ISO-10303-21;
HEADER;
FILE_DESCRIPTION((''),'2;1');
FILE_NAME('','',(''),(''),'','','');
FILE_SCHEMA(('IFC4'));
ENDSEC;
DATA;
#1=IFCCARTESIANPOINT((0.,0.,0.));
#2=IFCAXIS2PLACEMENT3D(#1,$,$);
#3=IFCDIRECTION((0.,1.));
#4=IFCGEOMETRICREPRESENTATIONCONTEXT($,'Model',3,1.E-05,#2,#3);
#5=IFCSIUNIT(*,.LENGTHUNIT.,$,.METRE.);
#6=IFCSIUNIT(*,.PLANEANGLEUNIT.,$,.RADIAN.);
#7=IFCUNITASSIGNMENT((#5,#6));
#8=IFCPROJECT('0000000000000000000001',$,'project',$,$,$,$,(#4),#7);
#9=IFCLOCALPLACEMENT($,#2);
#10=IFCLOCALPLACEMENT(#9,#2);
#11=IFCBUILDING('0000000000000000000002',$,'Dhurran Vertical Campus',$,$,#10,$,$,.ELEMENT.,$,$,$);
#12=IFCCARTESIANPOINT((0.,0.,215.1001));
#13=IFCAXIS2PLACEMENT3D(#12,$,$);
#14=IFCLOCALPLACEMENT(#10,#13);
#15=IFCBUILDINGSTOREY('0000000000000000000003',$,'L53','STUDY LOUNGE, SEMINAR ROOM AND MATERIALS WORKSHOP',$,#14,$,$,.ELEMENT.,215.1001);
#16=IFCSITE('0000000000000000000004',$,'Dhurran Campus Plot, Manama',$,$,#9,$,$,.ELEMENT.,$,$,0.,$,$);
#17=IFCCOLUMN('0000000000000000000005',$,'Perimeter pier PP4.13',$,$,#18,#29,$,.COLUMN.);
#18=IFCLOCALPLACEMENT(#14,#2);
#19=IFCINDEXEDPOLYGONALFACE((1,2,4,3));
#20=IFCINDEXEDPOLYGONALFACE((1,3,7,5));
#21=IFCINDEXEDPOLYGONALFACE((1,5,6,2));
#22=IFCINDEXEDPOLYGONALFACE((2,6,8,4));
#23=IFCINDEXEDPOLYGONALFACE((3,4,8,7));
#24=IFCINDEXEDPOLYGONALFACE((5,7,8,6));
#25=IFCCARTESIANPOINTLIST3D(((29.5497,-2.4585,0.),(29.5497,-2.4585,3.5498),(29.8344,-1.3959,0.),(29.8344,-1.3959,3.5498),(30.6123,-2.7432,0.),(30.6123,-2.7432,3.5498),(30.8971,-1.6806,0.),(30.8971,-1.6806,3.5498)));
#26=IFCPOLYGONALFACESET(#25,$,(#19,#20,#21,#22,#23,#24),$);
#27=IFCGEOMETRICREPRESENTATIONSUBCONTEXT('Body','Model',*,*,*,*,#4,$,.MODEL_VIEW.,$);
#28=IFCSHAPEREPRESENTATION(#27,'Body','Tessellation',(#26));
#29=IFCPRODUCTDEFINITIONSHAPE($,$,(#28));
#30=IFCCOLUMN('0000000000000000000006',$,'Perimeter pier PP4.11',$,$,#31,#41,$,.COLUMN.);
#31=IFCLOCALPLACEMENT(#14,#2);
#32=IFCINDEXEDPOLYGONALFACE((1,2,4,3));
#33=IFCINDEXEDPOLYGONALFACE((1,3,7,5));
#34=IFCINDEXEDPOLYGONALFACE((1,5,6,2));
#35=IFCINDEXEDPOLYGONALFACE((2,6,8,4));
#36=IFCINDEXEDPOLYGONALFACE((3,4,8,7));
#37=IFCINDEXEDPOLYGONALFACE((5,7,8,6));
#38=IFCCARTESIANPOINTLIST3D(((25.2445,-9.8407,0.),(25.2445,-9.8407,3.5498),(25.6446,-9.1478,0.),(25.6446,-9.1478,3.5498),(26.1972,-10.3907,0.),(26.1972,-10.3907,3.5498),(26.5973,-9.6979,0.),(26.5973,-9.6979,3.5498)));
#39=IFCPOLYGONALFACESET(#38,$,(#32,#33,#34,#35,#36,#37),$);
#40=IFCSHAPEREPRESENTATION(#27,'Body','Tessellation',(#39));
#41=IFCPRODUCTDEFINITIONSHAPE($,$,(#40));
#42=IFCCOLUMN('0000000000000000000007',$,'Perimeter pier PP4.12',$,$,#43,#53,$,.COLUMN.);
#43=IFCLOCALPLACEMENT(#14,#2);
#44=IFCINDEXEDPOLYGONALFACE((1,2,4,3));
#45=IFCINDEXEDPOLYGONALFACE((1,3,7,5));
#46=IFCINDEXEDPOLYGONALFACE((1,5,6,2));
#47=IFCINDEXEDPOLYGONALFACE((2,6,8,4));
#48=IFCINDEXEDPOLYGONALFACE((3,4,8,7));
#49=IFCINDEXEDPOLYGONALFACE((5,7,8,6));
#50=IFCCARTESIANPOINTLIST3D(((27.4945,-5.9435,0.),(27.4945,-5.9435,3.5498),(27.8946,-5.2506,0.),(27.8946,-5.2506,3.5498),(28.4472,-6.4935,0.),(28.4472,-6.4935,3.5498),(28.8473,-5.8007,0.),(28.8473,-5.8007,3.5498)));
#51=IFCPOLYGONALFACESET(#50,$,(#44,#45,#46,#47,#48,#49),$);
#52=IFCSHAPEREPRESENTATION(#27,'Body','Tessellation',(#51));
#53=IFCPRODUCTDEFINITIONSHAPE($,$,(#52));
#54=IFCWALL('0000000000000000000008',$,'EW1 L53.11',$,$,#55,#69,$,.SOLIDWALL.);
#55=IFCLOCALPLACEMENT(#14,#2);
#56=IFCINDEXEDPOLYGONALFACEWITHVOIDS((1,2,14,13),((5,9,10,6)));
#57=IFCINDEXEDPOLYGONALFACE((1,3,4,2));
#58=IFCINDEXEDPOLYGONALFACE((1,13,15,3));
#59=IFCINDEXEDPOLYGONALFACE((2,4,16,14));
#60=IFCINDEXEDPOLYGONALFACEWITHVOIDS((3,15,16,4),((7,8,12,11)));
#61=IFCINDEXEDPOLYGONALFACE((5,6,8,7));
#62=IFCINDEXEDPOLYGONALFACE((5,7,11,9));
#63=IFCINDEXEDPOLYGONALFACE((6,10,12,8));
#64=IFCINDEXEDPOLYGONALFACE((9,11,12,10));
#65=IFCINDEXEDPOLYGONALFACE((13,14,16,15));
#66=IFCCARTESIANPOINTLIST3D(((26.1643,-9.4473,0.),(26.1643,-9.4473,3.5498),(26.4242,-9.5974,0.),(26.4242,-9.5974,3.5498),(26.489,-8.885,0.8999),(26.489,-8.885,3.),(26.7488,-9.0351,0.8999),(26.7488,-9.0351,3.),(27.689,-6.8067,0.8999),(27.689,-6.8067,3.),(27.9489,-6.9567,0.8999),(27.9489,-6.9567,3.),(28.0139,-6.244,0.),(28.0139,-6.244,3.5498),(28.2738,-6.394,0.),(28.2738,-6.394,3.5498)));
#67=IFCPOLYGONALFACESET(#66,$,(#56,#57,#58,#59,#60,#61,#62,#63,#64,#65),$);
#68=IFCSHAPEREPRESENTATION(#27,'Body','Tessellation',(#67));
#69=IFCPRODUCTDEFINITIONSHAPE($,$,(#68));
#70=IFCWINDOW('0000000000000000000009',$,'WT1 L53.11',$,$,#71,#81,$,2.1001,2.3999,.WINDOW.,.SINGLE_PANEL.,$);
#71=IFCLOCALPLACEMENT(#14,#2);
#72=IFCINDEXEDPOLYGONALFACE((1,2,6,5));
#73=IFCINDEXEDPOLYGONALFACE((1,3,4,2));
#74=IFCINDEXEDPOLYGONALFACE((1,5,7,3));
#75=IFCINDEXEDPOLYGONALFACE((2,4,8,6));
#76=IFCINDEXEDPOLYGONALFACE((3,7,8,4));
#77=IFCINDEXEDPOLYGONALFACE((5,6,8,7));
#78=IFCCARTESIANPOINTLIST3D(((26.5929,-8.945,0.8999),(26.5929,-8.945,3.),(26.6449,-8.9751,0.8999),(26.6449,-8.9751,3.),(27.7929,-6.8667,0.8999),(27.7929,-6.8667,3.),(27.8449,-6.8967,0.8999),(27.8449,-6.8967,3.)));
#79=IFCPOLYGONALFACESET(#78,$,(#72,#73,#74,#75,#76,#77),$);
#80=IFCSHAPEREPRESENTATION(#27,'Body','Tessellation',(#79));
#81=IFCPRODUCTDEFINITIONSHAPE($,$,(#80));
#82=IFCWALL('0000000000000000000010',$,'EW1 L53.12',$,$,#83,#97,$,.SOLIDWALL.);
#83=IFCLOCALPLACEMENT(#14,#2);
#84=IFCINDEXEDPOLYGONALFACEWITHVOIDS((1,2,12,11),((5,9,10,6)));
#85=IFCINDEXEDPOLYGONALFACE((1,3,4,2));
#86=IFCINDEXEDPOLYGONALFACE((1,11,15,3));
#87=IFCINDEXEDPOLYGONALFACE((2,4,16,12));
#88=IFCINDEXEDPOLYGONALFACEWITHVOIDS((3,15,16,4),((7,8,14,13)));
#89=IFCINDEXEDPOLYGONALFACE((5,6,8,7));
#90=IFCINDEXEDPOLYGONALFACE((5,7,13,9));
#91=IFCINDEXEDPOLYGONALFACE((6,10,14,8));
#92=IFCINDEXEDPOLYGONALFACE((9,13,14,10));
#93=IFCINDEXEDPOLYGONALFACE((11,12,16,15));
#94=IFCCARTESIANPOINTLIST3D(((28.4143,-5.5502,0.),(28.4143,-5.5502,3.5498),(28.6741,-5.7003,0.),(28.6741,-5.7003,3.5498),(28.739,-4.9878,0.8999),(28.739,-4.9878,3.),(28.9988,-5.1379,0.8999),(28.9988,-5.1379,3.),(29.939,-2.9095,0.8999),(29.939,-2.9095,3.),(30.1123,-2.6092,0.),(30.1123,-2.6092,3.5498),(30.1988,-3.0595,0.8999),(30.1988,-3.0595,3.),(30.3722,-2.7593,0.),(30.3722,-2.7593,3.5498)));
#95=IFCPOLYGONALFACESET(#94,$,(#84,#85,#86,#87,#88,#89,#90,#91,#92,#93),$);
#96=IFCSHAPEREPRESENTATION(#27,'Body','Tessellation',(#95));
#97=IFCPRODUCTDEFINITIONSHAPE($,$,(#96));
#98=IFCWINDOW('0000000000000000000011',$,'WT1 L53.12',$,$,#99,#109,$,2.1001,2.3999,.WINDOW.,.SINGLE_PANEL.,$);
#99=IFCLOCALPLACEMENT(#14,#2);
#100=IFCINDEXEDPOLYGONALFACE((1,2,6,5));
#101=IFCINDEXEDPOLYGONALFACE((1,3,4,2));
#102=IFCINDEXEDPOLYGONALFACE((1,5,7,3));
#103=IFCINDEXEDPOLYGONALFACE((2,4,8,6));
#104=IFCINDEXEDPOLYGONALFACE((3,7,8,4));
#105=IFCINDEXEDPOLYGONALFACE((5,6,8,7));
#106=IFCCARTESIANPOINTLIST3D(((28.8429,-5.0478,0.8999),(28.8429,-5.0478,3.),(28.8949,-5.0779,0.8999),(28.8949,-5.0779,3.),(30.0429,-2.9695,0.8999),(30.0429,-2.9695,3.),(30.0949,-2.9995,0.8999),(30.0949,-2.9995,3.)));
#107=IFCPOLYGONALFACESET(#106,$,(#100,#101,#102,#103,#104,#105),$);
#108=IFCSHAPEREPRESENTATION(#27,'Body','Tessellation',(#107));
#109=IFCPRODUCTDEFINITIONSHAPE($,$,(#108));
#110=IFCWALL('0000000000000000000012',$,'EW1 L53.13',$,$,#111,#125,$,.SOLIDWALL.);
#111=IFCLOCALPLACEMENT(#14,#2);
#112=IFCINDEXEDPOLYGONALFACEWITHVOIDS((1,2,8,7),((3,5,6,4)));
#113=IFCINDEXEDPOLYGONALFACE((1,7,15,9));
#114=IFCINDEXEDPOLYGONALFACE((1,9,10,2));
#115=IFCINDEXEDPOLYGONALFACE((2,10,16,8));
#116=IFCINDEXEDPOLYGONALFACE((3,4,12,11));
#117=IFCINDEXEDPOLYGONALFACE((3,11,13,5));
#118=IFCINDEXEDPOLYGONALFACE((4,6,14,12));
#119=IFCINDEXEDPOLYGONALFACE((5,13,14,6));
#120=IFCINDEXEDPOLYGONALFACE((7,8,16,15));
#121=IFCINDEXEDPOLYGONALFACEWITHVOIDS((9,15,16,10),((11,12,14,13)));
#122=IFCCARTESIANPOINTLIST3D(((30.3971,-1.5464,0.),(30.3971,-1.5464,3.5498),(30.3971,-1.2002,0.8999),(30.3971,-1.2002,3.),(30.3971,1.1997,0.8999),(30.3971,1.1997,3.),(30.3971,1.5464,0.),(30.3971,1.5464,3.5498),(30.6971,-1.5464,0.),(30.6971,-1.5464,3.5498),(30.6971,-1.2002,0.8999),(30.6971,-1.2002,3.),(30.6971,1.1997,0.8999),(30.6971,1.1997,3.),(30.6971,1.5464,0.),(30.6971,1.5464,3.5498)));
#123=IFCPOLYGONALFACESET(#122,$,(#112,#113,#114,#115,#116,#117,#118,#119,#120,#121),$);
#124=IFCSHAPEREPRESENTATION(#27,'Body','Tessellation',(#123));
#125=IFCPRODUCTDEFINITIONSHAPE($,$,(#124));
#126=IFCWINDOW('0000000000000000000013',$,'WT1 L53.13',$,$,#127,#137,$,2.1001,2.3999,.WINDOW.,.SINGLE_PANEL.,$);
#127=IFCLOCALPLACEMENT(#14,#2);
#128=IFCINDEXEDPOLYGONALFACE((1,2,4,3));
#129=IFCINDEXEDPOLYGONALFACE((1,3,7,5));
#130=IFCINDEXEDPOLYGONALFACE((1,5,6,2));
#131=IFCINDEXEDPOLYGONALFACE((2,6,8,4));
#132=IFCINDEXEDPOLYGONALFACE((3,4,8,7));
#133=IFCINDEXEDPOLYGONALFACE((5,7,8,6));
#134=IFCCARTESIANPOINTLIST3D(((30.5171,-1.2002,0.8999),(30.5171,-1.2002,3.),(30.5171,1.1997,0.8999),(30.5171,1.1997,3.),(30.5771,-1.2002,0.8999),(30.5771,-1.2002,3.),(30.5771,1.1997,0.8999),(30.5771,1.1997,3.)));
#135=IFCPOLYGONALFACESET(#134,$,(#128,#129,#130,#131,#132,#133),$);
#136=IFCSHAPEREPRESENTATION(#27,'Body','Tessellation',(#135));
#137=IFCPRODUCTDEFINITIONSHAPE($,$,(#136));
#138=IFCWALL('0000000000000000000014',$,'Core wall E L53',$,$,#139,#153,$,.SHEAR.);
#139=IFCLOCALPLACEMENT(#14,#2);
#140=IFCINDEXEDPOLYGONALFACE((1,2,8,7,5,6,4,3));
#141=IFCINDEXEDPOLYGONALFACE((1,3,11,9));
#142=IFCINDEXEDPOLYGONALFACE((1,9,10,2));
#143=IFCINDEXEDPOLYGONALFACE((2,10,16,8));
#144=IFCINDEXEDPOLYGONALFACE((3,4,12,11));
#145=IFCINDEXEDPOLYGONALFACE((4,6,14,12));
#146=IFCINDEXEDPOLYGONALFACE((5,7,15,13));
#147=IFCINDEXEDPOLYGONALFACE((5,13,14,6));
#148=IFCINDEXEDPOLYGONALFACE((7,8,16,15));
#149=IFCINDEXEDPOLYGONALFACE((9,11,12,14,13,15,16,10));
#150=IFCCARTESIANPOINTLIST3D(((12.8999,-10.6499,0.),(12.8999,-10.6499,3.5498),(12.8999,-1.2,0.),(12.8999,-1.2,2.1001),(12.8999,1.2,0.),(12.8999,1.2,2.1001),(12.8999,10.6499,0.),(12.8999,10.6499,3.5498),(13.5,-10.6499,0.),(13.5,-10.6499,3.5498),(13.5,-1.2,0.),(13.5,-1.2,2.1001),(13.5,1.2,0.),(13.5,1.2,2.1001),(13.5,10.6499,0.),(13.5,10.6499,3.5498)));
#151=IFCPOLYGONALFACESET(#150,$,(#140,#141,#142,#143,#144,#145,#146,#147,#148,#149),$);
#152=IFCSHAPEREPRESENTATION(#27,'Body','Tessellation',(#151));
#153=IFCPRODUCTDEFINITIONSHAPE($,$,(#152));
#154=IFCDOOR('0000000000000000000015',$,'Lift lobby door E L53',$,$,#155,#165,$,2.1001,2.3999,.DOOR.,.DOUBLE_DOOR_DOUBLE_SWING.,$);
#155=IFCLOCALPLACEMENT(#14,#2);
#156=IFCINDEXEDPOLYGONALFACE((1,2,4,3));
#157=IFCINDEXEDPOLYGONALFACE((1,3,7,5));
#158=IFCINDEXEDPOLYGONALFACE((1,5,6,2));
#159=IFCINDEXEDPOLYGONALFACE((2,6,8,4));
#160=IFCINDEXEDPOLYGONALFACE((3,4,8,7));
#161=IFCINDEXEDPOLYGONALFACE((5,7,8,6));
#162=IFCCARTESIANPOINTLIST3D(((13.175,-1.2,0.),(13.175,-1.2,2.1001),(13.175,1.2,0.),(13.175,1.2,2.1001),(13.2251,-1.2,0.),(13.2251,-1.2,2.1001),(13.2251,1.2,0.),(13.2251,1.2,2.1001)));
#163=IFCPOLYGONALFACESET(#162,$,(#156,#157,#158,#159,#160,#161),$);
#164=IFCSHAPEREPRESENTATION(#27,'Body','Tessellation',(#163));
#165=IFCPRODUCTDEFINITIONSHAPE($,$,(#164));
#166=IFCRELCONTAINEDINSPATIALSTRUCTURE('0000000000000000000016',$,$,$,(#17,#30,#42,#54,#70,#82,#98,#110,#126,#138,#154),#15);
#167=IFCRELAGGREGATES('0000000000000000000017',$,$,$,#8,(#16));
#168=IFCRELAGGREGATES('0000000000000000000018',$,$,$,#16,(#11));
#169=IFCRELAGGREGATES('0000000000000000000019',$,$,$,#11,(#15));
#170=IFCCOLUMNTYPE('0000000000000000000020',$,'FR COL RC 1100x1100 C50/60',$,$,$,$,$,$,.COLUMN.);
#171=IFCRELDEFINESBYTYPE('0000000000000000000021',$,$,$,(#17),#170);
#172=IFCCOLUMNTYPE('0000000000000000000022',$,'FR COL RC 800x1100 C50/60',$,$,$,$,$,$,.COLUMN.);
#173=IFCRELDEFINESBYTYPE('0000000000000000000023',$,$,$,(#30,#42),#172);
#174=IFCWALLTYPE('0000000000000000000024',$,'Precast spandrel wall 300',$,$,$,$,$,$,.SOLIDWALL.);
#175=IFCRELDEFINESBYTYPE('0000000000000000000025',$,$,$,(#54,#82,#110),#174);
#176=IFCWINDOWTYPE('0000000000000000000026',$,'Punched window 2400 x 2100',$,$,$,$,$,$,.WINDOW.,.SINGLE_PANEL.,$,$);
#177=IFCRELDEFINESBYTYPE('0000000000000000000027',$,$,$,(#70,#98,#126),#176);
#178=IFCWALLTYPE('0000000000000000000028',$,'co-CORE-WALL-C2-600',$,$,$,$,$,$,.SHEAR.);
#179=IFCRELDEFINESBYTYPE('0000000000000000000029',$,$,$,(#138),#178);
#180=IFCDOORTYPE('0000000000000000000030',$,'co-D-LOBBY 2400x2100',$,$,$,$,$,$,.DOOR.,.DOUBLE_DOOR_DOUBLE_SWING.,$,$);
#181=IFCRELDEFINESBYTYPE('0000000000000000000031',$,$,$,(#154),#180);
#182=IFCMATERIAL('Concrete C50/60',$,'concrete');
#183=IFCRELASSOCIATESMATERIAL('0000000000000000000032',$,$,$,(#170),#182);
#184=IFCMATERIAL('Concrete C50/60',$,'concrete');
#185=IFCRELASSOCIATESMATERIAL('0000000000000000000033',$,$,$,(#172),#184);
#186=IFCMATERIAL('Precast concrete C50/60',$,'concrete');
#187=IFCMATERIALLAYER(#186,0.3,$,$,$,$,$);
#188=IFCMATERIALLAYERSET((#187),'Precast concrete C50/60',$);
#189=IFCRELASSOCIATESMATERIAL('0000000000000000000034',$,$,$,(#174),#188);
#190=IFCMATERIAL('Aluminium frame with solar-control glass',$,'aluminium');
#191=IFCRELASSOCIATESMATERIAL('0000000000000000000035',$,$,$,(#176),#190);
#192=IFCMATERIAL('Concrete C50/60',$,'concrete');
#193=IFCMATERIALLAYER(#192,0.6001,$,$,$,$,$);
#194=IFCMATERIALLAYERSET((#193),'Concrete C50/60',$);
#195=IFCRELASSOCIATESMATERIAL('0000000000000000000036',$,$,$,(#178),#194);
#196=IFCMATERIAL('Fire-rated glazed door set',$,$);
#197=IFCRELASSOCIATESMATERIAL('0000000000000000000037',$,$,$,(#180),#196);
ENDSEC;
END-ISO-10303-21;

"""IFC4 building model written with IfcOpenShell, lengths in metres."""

from ifc_helpers import new_model, si_unit, direction, frame, frame_2d, origin, origin_2d, place, context, subcontext, project, spatial, rectangle, extrude, material, layer, layer_set, material_profile, profile_set, type_object, element, fill, save


model = new_model("IFC4")

# Units and contexts
model_context = context("Model", 3, precision=1e-05, world=origin(), true_north=direction((0.0, 1.0)))
body_context = subcontext(model_context, "Body", "Model", "MODEL_VIEW")
ifc_project = project(units=[si_unit("LENGTHUNIT", "METRE"), si_unit("PLANEANGLEUNIT", "RADIAN")], contexts=[model_context])

# Site, building, storey
site_placement = place(None, origin())
site = spatial("IfcSite", under=ifc_project, at=site_placement, Name="Dhurran Campus Plot, Manama", CompositionType="ELEMENT", RefElevation=0.0)
building_placement = place(site_placement, origin())
building = spatial("IfcBuilding", under=site, at=building_placement, Name="Dhurran Vertical Campus", CompositionType="ELEMENT")
storey_placement = place(building_placement, frame((0.0, 0.0, 215.1001)))
storey = spatial("IfcBuildingStorey", under=building, at=storey_placement, Name="L53", Description="STUDY LOUNGE, SEMINAR ROOM AND MATERIALS WORKSHOP", CompositionType="ELEMENT", Elevation=215.1001)

# Columns
ifc_material_1 = material(Name="Concrete C50/60", Category="concrete")
ifc_material_profile_1 = material_profile(ifc_material_1, rectangle(XDim=1.1001, YDim=1.1001, at=origin_2d()), Name="RC 1100x1100")
ifc_profile_set_1 = profile_set([ifc_material_profile_1], Name="Concrete C50/60")
column_type_1 = type_object("IfcColumnType", Name="FR COL RC 1100x1100 C50/60", PredefinedType="COLUMN", material=ifc_profile_set_1)
column_placement = place(storey_placement, frame((30.2234, -2.0696, 0.0), z_axis=(0.0, 0.0, 1.0), x_axis=(0.258819, 0.965926, 0.0)))
element("IfcColumn", 1, at=column_placement, inside=storey, type_object=column_type_1, Name="Perimeter pier PP4.13", PredefinedType="COLUMN", context=body_context, shape_type="SweptSolid", body=[
    extrude(rectangle(XDim=1.1001, YDim=1.1001, at=origin_2d()), origin(), (0.0, 0.0, 1.0), 3.5498),
])
ifc_material_2 = material(Name="Concrete C50/60", Category="concrete")
ifc_material_profile_2 = material_profile(ifc_material_2, rectangle(XDim=0.8, YDim=1.1001, at=origin_2d()), Name="RC 800x1100")
ifc_profile_set_2 = profile_set([ifc_material_profile_2], Name="Concrete C50/60")
column_type_2 = type_object("IfcColumnType", Name="FR COL RC 800x1100 C50/60", PredefinedType="COLUMN", material=ifc_profile_set_2)
for number, where, z_axis, x_axis, name in (
    (2, (25.9209, -9.7693, 0.0), (0.0, 0.0, 1.0), (0.5, 0.866025, 0.0), "Perimeter pier PP4.11"),
    (3, (28.1709, -5.8721, 0.0), (0.0, 0.0, 1.0), (0.5, 0.866025, 0.0), "Perimeter pier PP4.12"),
):
    element("IfcColumn", number, at=place(storey_placement, frame(where, z_axis=z_axis, x_axis=x_axis)), inside=storey, type_object=column_type_2, Name=name, PredefinedType="COLUMN", context=body_context, shape_type="SweptSolid", body=[
        extrude(rectangle(XDim=0.8, YDim=1.1001, at=origin_2d()), origin(), (0.0, 0.0, 1.0), 3.5498),
    ])

# Walls, openings, windows
ifc_material_3 = material(Name="Precast concrete C50/60", Category="concrete")
ifc_layer_1 = layer(ifc_material_3, 0.3)
ifc_layer_set_1 = layer_set([ifc_layer_1], Name="Precast concrete C50/60")
wall_type_1 = type_object("IfcWallType", Name="Precast spandrel wall 300", PredefinedType="SOLIDWALL", material=ifc_layer_set_1)
wall_1_placement = place(storey_placement, frame((26.2942, -9.5225, 0.0), z_axis=(0.0, 0.0, 1.0), x_axis=(0.500029, 0.866009, 0.0)))
wall_1 = element("IfcWall", 4, at=wall_1_placement, inside=storey, type_object=wall_type_1, Name="EW1 L53.11", PredefinedType="SOLIDWALL", context=body_context, shape_type="SweptSolid", body=[
    extrude(rectangle(XDim=3.699, YDim=0.3, at=frame_2d((1.8496, 0.0))), origin(), (0.0, 0.0, 1.0), 3.5498),
])
opening_1_placement = place(wall_1_placement, frame((0.6494, 0.0, 0.8999)))
opening_1 = element("IfcOpeningElement", 5, at=opening_1_placement, cuts=wall_1, PredefinedType="OPENING", context=body_context, shape_type="SweptSolid", body=[
    extrude(rectangle(XDim=2.3999, YDim=2.1001, at=frame_2d((1.2, 1.05))), frame((0.0, 0.1599, 0.0), z_axis=(0.0, -1.0, 0.0), x_axis=(1.0, 0.0, 0.0)), (0.0, 0.0, 1.0), 0.3201),
])
ifc_material_4 = material(Name="Aluminium frame with solar-control glass", Category="aluminium")
window_type = type_object("IfcWindowType", Name="Punched window 2400 x 2100", PartitioningType="SINGLE_PANEL", PredefinedType="WINDOW", material=ifc_material_4)
window_1_placement = place(opening_1_placement, origin())
window_1 = element("IfcWindow", 6, at=window_1_placement, inside=storey, type_object=window_type, Name="WT1 L53.11", OverallHeight=2.1001, OverallWidth=2.3999, PartitioningType="SINGLE_PANEL", PredefinedType="WINDOW", context=body_context, shape_type="SweptSolid", body=[
    extrude(rectangle(XDim=2.3999, YDim=2.1001, at=frame_2d((1.2, 1.05))), frame((0.0, 0.03, 0.0), z_axis=(0.0, -1.0, 0.0), x_axis=(1.0, 0.0, 0.0)), (0.0, 0.0, 1.0), 0.0601),
])
fill(opening_1, window_1)
wall_2_placement = place(storey_placement, frame((28.5442, -5.6252, 0.0), z_axis=(0.0, 0.0, 1.0), x_axis=(0.500013, 0.866018, 0.0)))
wall_2 = element("IfcWall", 7, at=wall_2_placement, inside=storey, type_object=wall_type_1, Name="EW1 L53.12", PredefinedType="SOLIDWALL", context=body_context, shape_type="SweptSolid", body=[
    extrude(rectangle(XDim=3.396, YDim=0.3, at=frame_2d((1.698, 0.0))), origin(), (0.0, 0.0, 1.0), 3.5498),
])
opening_2_placement = place(wall_2_placement, frame((0.6494, 0.0, 0.8999)))
opening_2 = element("IfcOpeningElement", 8, at=opening_2_placement, cuts=wall_2, PredefinedType="OPENING", context=body_context, shape_type="SweptSolid", body=[
    extrude(rectangle(XDim=2.3999, YDim=2.1001, at=frame_2d((1.2, 1.05))), frame((0.0, 0.1599, 0.0), z_axis=(0.0, -1.0, 0.0), x_axis=(1.0, 0.0, 0.0)), (0.0, 0.0, 1.0), 0.3201),
])
window_2_placement = place(opening_2_placement, origin())
window_2 = element("IfcWindow", 9, at=window_2_placement, inside=storey, type_object=window_type, Name="WT1 L53.12", OverallHeight=2.1001, OverallWidth=2.3999, PartitioningType="SINGLE_PANEL", PredefinedType="WINDOW", context=body_context, shape_type="SweptSolid", body=[
    extrude(rectangle(XDim=2.3999, YDim=2.1001, at=frame_2d((1.2, 1.05))), frame((0.0, 0.03, 0.0), z_axis=(0.0, -1.0, 0.0), x_axis=(1.0, 0.0, 0.0)), (0.0, 0.0, 1.0), 0.0601),
])
fill(opening_2, window_2)
wall_3_placement = place(storey_placement, frame((30.5471, -1.5464, 0.0), z_axis=(0.0, 0.0, 1.0), x_axis=(0.0, 1.0, 0.0)))
wall_3 = element("IfcWall", 10, at=wall_3_placement, inside=storey, type_object=wall_type_1, Name="EW1 L53.13", PredefinedType="SOLIDWALL", context=body_context, shape_type="SweptSolid", body=[
    extrude(rectangle(XDim=3.0928, YDim=0.3, at=frame_2d((1.5464, 0.0))), origin(), (0.0, 0.0, 1.0), 3.5498),
])
opening_3_placement = place(wall_3_placement, frame((0.3462, 0.0, 0.8999)))
opening_3 = element("IfcOpeningElement", 11, at=opening_3_placement, cuts=wall_3, PredefinedType="OPENING", context=body_context, shape_type="SweptSolid", body=[
    extrude(rectangle(XDim=2.3999, YDim=2.1001, at=frame_2d((1.2, 1.05))), frame((0.0, 0.1599, 0.0), z_axis=(0.0, -1.0, 0.0), x_axis=(1.0, 0.0, 0.0)), (0.0, 0.0, 1.0), 0.3201),
])
window_3_placement = place(opening_3_placement, origin())
window_3 = element("IfcWindow", 12, at=window_3_placement, inside=storey, type_object=window_type, Name="WT1 L53.13", OverallHeight=2.1001, OverallWidth=2.3999, PartitioningType="SINGLE_PANEL", PredefinedType="WINDOW", context=body_context, shape_type="SweptSolid", body=[
    extrude(rectangle(XDim=2.3999, YDim=2.1001, at=frame_2d((1.2, 1.05))), frame((0.0, 0.03, 0.0), z_axis=(0.0, -1.0, 0.0), x_axis=(1.0, 0.0, 0.0)), (0.0, 0.0, 1.0), 0.0601),
])
fill(opening_3, window_3)

# Wall, opening, door
ifc_material_5 = material(Name="Concrete C50/60", Category="concrete")
ifc_layer_2 = layer(ifc_material_5, 0.6001)
ifc_layer_set_2 = layer_set([ifc_layer_2], Name="Concrete C50/60")
wall_type_2 = type_object("IfcWallType", Name="co-CORE-WALL-C2-600", PredefinedType="SHEAR", material=ifc_layer_set_2)
wall_4_placement = place(storey_placement, frame((13.2, -10.6499, 0.0), z_axis=(0.0, 0.0, 1.0), x_axis=(0.0, 1.0, 0.0)))
wall_4 = element("IfcWall", 13, at=wall_4_placement, inside=storey, type_object=wall_type_2, Name="Core wall E L53", PredefinedType="SHEAR", context=body_context, shape_type="SweptSolid", body=[
    extrude(rectangle(XDim=21.2998, YDim=0.6001, at=frame_2d((10.6499, 0.0))), origin(), (0.0, 0.0, 1.0), 3.5498),
])
opening_4_placement = place(wall_4_placement, frame((9.45, 0.0, 0.0)))
opening_4 = element("IfcOpeningElement", 14, at=opening_4_placement, cuts=wall_4, PredefinedType="OPENING", context=body_context, shape_type="SweptSolid", body=[
    extrude(rectangle(XDim=2.3999, YDim=2.1001, at=frame_2d((1.2, 1.05))), frame((0.0, 0.3101, 0.0), z_axis=(0.0, -1.0, 0.0), x_axis=(1.0, 0.0, 0.0)), (0.0, 0.0, 1.0), 0.6201),
])
ifc_material_6 = material(Name="Fire-rated glazed door set")
door_type_1 = type_object("IfcDoorType", Name="co-D-LOBBY 2400x2100", OperationType="DOUBLE_DOOR_DOUBLE_SWING", PredefinedType="DOOR", material=ifc_material_6)
door_1_placement = place(opening_4_placement, origin())
door_1 = element("IfcDoor", 15, at=door_1_placement, inside=storey, type_object=door_type_1, Name="Lift lobby door E L53", OperationType="DOUBLE_DOOR_DOUBLE_SWING", OverallHeight=2.1001, OverallWidth=2.3999, PredefinedType="DOOR", context=body_context, shape_type="SweptSolid", body=[
    extrude(rectangle(XDim=2.3999, YDim=2.1001, at=frame_2d((1.2, 1.05))), frame((0.0, 0.0249, 0.0), z_axis=(0.0, -1.0, 0.0), x_axis=(1.0, 0.0, 0.0)), (0.0, 0.0, 1.0), 0.05),
])
fill(opening_4, door_1)

save(model, "model.ifc")
